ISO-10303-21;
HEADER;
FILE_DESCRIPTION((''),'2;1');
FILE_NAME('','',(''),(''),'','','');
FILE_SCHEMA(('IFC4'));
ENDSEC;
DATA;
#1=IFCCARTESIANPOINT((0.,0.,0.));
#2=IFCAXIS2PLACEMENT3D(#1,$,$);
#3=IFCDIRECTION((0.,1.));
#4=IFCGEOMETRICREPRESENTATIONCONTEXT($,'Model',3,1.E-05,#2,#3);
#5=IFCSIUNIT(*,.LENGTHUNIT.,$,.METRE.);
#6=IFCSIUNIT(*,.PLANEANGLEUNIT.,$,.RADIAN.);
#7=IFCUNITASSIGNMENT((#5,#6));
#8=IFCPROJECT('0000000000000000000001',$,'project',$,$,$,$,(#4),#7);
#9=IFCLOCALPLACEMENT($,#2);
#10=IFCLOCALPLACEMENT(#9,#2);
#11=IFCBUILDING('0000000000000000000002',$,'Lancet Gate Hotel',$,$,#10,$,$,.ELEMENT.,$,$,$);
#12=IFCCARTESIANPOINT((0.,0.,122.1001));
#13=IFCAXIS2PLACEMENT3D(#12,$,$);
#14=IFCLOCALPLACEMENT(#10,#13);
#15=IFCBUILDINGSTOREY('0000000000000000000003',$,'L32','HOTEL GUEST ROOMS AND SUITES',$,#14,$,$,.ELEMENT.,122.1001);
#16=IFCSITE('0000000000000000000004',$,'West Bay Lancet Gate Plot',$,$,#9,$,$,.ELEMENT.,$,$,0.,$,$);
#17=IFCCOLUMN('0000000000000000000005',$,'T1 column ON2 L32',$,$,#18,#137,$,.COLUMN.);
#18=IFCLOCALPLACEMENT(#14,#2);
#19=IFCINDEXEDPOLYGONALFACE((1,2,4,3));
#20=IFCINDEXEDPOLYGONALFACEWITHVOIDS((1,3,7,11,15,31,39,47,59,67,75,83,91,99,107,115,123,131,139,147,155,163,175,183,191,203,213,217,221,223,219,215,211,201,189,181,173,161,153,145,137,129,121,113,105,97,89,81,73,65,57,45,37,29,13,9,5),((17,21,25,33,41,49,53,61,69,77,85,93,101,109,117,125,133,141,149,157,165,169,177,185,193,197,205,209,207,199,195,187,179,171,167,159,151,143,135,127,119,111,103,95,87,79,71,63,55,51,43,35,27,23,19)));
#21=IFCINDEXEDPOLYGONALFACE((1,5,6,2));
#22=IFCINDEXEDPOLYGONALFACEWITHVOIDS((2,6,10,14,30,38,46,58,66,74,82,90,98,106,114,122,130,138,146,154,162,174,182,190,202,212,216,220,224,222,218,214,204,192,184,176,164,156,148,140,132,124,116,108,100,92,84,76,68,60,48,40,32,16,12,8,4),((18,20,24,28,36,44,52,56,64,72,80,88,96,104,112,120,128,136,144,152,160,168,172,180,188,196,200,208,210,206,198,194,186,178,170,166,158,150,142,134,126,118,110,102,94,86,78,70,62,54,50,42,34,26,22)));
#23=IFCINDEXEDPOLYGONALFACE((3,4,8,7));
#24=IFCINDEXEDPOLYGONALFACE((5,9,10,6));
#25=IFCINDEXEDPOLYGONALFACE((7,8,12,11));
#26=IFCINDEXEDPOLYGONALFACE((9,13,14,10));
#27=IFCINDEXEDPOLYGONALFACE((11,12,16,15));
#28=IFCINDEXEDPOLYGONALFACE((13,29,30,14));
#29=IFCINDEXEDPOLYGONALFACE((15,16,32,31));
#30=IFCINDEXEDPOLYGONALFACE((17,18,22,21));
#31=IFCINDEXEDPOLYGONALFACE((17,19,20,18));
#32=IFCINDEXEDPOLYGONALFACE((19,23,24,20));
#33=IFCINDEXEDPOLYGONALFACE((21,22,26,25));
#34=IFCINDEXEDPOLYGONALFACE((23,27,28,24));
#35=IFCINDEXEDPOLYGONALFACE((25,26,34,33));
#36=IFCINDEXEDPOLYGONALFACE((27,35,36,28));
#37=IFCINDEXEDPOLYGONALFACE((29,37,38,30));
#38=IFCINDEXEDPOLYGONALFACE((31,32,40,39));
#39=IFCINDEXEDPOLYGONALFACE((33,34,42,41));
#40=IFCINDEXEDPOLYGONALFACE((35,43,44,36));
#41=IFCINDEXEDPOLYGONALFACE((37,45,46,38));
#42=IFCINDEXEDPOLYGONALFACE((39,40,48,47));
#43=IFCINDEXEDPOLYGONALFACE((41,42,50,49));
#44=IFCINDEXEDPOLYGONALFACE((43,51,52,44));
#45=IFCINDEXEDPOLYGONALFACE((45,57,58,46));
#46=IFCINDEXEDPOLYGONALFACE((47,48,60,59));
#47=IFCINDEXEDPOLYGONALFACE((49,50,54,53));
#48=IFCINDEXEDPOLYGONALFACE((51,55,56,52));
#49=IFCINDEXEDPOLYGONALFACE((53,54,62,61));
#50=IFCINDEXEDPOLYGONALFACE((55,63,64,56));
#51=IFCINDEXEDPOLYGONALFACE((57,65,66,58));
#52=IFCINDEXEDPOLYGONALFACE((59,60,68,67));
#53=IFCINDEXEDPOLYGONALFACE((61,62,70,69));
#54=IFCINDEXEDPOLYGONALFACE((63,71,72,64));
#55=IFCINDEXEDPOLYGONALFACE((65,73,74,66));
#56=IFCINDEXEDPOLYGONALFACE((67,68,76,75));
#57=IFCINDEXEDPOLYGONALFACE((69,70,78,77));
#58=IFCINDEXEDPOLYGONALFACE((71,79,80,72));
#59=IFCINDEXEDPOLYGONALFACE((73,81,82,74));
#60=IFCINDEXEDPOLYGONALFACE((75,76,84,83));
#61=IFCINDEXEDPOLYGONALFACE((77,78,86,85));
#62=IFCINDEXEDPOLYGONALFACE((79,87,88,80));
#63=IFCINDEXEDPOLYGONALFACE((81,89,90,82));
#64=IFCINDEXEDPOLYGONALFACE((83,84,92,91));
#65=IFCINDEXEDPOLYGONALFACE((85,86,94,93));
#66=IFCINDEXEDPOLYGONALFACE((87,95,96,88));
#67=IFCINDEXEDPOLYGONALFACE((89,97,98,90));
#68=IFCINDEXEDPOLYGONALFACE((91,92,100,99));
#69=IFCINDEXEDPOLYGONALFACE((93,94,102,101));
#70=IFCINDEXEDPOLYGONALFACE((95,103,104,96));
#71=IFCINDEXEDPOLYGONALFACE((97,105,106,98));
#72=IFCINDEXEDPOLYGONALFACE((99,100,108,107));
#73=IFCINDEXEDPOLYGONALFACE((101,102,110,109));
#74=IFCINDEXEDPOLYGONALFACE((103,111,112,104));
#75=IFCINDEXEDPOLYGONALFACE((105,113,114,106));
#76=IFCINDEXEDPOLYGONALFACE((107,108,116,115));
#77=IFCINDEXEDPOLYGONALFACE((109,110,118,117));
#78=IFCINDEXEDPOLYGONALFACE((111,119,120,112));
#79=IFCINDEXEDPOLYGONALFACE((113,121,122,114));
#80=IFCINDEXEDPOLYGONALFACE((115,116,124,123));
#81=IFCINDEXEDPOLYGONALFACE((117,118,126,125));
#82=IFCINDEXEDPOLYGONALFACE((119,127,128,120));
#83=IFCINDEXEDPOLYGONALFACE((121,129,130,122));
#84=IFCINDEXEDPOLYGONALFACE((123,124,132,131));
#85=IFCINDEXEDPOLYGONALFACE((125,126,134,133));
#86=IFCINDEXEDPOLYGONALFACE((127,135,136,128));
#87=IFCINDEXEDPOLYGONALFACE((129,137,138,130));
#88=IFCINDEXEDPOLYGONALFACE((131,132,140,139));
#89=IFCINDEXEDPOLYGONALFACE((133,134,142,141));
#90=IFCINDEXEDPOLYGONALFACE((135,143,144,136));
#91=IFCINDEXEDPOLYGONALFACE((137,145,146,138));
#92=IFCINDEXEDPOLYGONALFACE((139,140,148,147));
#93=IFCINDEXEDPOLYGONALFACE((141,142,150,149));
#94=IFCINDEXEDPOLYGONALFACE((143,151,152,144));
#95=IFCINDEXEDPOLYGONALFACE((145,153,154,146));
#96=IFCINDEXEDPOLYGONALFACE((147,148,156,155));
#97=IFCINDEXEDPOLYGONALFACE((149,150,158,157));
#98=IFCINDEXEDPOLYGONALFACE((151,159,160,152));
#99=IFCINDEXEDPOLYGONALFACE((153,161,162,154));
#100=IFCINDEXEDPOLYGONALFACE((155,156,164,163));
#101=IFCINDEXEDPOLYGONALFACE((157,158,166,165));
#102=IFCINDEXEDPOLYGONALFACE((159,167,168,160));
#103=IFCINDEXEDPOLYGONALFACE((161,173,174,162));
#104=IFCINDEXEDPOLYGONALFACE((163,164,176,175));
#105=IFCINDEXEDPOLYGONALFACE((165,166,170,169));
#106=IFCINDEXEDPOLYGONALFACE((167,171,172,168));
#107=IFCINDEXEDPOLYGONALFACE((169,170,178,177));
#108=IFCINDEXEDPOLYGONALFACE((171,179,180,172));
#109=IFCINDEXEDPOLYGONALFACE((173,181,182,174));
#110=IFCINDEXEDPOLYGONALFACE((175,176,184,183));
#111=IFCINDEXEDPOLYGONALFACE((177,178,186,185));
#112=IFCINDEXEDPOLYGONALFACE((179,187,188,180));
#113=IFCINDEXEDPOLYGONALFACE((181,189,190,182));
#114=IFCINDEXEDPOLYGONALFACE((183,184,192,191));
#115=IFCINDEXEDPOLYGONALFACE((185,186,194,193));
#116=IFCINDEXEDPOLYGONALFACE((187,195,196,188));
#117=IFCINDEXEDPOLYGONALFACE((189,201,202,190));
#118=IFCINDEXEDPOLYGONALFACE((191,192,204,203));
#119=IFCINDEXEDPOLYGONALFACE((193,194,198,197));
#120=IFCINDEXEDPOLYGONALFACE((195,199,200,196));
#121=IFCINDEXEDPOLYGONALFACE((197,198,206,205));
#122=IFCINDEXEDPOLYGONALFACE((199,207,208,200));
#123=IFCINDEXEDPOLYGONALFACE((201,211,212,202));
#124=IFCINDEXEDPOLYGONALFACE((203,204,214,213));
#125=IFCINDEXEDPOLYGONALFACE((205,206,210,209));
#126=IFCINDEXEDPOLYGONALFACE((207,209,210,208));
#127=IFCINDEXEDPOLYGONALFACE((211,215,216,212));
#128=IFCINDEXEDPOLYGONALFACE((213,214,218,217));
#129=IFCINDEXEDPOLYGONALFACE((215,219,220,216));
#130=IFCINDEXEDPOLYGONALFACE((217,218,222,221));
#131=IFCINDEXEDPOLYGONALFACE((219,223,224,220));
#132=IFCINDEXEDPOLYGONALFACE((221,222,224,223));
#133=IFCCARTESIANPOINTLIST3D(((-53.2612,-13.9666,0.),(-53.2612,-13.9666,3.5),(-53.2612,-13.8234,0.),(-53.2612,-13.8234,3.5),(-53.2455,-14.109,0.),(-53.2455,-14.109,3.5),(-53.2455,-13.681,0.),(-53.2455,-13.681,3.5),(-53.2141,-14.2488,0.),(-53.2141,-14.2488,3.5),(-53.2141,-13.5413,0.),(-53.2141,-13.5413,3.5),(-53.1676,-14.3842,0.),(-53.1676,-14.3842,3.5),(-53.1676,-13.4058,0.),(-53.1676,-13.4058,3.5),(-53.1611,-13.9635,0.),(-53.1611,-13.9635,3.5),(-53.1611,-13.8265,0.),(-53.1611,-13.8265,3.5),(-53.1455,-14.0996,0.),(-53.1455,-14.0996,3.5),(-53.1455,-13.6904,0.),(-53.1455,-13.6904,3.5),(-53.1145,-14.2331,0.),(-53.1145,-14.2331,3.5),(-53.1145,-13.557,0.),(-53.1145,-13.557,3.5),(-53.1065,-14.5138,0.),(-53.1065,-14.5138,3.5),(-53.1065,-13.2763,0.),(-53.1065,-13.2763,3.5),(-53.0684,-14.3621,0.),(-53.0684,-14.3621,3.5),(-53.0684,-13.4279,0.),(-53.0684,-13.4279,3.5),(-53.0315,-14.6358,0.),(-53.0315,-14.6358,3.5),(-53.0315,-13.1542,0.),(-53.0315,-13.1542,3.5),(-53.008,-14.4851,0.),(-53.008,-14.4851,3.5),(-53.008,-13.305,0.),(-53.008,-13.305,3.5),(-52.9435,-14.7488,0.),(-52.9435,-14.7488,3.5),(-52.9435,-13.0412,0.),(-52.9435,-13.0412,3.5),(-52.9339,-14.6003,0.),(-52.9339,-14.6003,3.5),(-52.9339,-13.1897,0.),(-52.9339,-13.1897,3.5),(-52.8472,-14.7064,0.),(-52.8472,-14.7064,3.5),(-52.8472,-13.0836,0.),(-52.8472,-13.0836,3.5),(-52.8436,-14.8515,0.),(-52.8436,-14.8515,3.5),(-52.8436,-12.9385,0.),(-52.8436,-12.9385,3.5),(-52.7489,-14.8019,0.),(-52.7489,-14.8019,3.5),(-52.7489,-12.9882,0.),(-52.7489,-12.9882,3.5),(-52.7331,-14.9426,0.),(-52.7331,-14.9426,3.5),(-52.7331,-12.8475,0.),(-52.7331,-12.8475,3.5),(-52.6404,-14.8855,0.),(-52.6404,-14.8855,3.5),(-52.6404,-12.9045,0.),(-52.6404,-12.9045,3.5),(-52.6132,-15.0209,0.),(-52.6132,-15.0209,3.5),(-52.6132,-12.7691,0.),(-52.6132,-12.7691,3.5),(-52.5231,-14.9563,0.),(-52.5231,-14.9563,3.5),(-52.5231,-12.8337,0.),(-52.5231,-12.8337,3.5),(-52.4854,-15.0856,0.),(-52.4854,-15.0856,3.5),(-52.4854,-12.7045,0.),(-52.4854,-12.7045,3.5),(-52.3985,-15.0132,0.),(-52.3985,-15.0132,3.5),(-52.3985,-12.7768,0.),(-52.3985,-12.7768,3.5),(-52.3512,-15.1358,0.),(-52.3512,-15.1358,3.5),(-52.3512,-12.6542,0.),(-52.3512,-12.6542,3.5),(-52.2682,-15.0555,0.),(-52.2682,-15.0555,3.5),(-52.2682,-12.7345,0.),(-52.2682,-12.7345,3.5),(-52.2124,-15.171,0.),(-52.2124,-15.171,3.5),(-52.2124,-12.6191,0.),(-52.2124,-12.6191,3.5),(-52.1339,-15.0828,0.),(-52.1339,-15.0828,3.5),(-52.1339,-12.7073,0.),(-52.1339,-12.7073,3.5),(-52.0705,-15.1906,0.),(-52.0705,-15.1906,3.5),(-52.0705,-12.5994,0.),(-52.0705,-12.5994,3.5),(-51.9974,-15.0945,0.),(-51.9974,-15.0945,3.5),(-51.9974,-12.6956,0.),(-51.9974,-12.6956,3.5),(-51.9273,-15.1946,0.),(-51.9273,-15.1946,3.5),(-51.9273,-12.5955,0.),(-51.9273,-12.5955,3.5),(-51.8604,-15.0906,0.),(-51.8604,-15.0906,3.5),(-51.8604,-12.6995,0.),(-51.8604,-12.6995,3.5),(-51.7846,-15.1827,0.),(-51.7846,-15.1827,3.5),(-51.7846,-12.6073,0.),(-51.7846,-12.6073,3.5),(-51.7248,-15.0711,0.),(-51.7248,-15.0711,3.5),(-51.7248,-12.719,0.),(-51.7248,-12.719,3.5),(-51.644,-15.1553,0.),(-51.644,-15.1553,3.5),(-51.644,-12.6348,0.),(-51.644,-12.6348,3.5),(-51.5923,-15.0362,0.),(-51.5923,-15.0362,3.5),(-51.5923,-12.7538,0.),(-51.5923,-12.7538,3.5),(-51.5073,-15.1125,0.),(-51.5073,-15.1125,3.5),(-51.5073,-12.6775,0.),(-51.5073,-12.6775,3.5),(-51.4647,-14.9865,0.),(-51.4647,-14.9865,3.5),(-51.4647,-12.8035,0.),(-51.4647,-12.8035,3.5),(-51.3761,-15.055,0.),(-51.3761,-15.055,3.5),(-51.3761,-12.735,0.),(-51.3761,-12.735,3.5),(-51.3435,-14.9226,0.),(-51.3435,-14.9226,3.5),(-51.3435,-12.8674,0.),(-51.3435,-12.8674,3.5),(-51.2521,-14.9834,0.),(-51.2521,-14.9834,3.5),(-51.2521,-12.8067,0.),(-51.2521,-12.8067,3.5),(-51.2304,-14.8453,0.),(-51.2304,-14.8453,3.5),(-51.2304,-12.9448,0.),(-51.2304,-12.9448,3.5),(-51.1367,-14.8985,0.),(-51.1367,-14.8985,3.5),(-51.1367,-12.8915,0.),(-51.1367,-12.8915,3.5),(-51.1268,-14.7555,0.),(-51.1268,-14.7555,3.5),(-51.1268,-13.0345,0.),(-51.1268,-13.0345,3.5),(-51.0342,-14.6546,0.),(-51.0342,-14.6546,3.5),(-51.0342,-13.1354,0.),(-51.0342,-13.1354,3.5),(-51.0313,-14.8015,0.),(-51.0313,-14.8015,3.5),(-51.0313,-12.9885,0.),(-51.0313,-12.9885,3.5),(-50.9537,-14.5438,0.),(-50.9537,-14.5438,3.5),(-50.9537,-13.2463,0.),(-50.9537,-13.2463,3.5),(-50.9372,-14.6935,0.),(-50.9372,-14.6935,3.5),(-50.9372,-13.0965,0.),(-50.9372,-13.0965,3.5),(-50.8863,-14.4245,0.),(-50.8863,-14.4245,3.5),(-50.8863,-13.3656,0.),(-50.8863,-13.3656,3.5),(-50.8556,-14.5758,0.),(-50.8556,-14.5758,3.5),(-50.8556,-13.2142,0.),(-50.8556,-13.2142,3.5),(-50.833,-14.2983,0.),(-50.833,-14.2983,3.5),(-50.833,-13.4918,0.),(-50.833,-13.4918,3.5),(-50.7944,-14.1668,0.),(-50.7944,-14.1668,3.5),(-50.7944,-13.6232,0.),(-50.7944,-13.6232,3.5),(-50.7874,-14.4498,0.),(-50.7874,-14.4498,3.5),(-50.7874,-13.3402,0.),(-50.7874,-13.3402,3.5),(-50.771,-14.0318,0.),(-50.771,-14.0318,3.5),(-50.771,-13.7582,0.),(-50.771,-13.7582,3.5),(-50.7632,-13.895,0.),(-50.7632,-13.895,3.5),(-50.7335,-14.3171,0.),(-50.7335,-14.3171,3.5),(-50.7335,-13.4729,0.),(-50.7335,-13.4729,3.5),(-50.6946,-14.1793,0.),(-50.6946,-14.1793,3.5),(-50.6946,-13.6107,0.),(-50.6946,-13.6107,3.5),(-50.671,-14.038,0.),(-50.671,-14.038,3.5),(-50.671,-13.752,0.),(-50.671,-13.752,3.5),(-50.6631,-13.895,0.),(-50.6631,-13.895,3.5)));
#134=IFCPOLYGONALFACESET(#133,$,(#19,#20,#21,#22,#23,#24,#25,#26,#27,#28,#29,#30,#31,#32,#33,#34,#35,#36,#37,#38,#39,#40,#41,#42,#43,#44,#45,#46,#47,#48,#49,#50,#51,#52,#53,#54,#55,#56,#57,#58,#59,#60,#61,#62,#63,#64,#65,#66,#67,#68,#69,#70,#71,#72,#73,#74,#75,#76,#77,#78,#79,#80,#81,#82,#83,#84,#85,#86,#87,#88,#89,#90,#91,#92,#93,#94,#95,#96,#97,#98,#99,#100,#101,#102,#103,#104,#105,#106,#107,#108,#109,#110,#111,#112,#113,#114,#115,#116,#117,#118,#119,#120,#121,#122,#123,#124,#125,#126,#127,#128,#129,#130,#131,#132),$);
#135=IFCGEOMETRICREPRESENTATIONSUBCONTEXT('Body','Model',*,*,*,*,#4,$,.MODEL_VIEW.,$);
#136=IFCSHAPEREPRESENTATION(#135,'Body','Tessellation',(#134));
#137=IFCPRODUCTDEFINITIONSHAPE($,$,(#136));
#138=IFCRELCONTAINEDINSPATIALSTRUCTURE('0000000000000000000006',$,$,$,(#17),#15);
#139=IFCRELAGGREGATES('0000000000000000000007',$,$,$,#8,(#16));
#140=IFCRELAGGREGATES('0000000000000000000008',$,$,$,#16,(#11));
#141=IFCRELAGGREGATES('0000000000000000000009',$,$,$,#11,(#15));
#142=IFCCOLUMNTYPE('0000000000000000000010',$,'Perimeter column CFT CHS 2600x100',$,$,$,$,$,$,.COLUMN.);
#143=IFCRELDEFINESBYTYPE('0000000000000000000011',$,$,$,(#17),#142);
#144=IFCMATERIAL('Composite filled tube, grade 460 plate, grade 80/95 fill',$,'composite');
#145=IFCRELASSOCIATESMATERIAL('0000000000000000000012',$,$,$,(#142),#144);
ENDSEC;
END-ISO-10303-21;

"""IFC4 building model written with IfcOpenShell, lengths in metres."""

from ifc_helpers import new_model, si_unit, direction, frame, origin, origin_2d, place, context, subcontext, project, spatial, hollow_circle, extrude, material, material_profile, profile_set, type_object, element, save


model = new_model("IFC4")

# Units and contexts
model_context = context("Model", 3, precision=1e-05, world=origin(), true_north=direction((0.0, 1.0)))
body_context = subcontext(model_context, "Body", "Model", "MODEL_VIEW")
ifc_project = project(units=[si_unit("LENGTHUNIT", "METRE"), si_unit("PLANEANGLEUNIT", "RADIAN")], contexts=[model_context])

# Site, building, storey
site_placement = place(None, origin())
site = spatial("IfcSite", under=ifc_project, at=site_placement, Name="West Bay Lancet Gate Plot", CompositionType="ELEMENT", RefElevation=0.0)
building_placement = place(site_placement, origin())
building = spatial("IfcBuilding", under=site, at=building_placement, Name="Lancet Gate Hotel", CompositionType="ELEMENT")
storey_placement = place(building_placement, frame((0.0, 0.0, 122.1001)))
storey = spatial("IfcBuildingStorey", under=building, at=storey_placement, Name="L32", Description="HOTEL GUEST ROOMS AND SUITES", CompositionType="ELEMENT", Elevation=122.1001)

# Column
ifc_material_1 = material(Name="Composite filled tube, grade 460 plate, grade 80/95 fill", Category="composite")
ifc_material_profile_1 = material_profile(ifc_material_1, hollow_circle(Radius=1.3, WallThickness=0.1001, at=origin_2d()), Name="CHS 2600x100")
ifc_profile_set_1 = profile_set([ifc_material_profile_1], Name="Composite filled tube, grade 460 plate, grade 80/95 fill")
column_type = type_object("IfcColumnType", Name="Perimeter column CFT CHS 2600x100", PredefinedType="COLUMN", material=ifc_profile_set_1)
for number, where, z_axis, x_axis, name in (
    (1, (-51.9631, -13.895, 0.0), (0.0, 0.0, 1.0), (1.0, 0.0, 0.0), "T1 column ON2 L32"),
):
    element("IfcColumn", number, at=place(storey_placement, frame(where, z_axis=z_axis, x_axis=x_axis)), inside=storey, type_object=column_type, Name=name, PredefinedType="COLUMN", context=body_context, shape_type="SweptSolid", body=[
        extrude(hollow_circle(Radius=1.3, WallThickness=0.1001, at=origin_2d()), origin(), (0.0, 0.0, 1.0), 3.5),
    ])

save(model, "model.ifc")
